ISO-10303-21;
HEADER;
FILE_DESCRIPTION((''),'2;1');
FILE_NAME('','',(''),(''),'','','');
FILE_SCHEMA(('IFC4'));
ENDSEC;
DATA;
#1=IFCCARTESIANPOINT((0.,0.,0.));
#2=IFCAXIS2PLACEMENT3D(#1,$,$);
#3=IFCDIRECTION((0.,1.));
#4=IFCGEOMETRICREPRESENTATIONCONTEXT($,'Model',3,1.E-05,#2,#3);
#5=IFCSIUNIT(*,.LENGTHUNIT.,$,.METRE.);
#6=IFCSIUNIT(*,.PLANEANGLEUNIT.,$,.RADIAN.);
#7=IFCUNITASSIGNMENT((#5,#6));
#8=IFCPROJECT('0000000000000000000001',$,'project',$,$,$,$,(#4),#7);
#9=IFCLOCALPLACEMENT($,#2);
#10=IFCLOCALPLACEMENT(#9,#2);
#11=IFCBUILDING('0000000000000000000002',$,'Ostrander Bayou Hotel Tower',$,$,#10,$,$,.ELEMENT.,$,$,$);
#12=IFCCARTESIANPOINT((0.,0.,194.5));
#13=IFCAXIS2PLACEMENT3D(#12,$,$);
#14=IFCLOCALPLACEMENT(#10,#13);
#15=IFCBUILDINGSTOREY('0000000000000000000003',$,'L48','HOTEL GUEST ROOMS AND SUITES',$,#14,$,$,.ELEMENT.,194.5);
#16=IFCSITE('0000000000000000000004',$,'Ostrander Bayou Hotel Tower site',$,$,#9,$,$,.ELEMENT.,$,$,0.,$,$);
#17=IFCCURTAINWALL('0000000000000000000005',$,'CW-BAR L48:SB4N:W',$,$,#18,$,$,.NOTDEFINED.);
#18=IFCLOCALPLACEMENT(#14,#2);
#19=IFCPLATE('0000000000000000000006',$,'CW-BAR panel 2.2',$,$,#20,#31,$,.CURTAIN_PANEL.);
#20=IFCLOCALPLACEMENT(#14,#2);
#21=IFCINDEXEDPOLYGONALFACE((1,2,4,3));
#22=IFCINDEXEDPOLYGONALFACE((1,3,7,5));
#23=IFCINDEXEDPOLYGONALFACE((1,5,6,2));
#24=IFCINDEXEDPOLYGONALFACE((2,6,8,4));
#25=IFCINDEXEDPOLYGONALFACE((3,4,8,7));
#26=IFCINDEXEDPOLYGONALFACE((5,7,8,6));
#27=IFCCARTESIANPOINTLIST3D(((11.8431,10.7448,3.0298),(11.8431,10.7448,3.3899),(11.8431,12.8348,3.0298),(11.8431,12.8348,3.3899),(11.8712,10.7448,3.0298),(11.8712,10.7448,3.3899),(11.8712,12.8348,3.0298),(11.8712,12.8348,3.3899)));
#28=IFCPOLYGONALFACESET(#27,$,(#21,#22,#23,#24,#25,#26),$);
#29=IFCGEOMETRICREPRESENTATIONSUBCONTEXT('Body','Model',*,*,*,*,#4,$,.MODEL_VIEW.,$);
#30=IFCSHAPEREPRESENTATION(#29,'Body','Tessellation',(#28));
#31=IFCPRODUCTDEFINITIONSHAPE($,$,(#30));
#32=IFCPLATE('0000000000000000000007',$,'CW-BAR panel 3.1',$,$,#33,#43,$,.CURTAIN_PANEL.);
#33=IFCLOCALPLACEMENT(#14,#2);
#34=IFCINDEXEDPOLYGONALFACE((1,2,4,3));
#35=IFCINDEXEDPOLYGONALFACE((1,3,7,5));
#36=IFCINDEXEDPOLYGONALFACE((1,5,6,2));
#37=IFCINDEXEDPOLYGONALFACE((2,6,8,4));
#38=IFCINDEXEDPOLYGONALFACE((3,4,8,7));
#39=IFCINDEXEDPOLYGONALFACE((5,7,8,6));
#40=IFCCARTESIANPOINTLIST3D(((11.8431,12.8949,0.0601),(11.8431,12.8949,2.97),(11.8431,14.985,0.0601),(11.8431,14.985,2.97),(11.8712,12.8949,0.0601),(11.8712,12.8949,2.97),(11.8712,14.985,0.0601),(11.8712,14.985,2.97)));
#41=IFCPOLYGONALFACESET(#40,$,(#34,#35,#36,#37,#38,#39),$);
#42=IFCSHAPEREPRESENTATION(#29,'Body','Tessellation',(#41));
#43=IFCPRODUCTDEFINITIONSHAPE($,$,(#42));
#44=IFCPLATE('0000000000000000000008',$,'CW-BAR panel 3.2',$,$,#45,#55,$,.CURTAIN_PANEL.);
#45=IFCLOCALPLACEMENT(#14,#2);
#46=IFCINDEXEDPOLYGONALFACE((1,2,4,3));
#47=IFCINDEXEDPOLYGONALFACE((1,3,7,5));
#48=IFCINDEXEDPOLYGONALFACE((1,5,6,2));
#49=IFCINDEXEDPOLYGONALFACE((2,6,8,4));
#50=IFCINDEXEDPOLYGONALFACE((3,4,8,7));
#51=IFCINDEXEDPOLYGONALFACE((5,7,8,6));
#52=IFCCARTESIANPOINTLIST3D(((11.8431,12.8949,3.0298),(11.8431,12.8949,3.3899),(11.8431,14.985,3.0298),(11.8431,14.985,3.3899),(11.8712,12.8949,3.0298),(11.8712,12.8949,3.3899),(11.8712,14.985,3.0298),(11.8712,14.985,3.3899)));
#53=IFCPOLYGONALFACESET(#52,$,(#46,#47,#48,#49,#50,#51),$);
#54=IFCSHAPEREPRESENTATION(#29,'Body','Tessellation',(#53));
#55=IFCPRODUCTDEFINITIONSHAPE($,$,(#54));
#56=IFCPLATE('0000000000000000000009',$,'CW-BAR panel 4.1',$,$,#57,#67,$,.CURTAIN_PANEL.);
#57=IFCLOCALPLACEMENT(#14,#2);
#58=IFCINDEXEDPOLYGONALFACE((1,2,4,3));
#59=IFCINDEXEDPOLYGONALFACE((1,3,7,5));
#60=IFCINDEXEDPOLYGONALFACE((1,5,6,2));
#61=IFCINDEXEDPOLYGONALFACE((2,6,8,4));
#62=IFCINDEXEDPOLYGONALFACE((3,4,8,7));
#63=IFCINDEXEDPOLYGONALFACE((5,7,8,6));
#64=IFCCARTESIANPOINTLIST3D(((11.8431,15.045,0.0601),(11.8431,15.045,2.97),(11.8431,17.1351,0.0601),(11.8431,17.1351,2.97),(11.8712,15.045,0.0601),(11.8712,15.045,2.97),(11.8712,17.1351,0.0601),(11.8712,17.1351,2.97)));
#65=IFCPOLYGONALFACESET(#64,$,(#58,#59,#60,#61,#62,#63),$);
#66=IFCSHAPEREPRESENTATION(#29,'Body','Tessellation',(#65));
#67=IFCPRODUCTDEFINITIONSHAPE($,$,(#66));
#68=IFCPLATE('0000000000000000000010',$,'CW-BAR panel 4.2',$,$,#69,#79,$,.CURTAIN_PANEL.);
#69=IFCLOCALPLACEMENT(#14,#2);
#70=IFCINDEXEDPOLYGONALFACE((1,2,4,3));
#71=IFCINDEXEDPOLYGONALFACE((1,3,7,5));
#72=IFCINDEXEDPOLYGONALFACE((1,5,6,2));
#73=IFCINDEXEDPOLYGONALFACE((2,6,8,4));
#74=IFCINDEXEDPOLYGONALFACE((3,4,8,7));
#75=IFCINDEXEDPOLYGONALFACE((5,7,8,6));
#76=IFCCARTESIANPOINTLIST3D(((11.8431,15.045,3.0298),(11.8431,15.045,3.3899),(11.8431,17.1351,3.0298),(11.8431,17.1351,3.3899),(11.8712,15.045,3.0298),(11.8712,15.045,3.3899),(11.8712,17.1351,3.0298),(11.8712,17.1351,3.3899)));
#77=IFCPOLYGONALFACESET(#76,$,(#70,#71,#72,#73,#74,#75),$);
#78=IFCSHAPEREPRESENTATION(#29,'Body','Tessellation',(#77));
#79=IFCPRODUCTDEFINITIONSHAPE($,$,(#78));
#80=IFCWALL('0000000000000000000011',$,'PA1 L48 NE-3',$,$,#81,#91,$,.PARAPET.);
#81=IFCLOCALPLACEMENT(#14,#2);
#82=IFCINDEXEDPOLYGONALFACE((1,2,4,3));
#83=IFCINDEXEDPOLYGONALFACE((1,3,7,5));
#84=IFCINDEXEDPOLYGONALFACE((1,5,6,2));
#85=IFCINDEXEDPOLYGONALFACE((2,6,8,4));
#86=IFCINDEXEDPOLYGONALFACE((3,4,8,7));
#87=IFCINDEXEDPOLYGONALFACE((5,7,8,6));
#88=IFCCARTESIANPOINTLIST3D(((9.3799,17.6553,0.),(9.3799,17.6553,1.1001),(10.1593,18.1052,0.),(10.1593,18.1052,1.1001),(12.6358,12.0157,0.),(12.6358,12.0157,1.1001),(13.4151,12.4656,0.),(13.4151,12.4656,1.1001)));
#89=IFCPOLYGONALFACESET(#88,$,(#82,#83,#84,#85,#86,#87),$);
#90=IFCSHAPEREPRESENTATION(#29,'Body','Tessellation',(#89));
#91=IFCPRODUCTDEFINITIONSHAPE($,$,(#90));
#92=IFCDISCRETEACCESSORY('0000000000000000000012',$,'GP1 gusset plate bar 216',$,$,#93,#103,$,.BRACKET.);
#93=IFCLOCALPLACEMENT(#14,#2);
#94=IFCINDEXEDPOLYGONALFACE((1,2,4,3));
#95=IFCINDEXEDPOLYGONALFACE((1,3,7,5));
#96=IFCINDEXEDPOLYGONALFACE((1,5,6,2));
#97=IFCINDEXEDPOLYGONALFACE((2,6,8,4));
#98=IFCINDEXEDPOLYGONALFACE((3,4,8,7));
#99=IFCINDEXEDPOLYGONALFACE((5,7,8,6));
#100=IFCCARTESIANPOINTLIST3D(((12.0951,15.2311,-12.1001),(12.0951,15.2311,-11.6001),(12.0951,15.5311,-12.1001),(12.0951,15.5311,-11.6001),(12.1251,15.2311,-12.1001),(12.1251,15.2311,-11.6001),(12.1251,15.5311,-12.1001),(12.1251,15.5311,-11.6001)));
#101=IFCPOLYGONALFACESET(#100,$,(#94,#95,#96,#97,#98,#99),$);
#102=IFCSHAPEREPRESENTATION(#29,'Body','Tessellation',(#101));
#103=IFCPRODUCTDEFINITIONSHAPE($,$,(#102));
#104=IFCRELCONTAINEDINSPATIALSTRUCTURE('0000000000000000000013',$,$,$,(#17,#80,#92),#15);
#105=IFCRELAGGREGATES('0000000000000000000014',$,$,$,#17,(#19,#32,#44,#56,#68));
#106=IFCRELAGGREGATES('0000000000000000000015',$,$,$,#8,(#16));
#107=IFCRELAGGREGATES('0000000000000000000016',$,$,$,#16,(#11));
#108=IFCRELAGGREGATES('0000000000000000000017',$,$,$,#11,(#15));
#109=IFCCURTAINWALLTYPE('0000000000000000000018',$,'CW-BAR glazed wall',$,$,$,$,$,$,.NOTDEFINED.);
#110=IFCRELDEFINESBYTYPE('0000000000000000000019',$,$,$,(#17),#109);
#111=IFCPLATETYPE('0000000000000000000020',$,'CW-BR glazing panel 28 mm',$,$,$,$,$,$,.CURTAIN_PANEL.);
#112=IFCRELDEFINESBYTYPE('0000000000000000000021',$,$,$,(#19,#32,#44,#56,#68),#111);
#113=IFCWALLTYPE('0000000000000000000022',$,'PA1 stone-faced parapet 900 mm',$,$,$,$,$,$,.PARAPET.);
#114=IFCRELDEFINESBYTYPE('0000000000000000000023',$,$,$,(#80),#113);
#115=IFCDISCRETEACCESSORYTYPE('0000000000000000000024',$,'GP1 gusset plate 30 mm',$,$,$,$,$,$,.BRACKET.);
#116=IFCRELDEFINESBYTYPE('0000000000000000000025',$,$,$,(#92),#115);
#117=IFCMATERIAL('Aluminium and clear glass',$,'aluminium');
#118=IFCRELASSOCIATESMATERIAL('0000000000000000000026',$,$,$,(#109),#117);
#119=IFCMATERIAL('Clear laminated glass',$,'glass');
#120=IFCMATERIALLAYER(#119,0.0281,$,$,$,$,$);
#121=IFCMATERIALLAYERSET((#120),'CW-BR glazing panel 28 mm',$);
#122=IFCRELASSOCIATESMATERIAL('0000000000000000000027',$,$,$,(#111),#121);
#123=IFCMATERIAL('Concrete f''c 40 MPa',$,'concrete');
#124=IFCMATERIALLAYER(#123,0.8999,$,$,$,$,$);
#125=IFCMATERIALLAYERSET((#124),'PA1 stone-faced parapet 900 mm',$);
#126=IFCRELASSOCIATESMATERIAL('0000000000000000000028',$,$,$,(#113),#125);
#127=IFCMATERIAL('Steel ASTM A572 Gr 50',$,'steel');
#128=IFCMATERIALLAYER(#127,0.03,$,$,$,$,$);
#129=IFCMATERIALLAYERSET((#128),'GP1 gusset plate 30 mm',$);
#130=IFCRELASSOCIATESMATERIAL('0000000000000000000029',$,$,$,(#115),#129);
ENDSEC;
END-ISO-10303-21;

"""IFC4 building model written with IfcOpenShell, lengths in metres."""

from ifc_helpers import new_model, si_unit, direction, frame, frame_2d, origin, origin_2d, place, context, subcontext, project, spatial, rectangle, extrude, material, layer, layer_set, type_object, element, aggregate, save


model = new_model("IFC4")

# Units and contexts
model_context = context("Model", 3, precision=1e-05, world=origin(), true_north=direction((0.0, 1.0)))
body_context = subcontext(model_context, "Body", "Model", "MODEL_VIEW")
ifc_project = project(units=[si_unit("LENGTHUNIT", "METRE"), si_unit("PLANEANGLEUNIT", "RADIAN")], contexts=[model_context])

# Site, building, storey
site_placement = place(None, origin())
site = spatial("IfcSite", under=ifc_project, at=site_placement, Name="Ostrander Bayou Hotel Tower site", CompositionType="ELEMENT", RefElevation=0.0)
building_placement = place(site_placement, origin())
building = spatial("IfcBuilding", under=site, at=building_placement, Name="Ostrander Bayou Hotel Tower", CompositionType="ELEMENT")
storey_placement = place(building_placement, frame((0.0, 0.0, 194.5)))
storey = spatial("IfcBuildingStorey", under=building, at=storey_placement, Name="L48", Description="HOTEL GUEST ROOMS AND SUITES", CompositionType="ELEMENT", Elevation=194.5)

# Curtain wall
ifc_material_1 = material(Name="Aluminium and clear glass", Category="aluminium")
curtain_wall_type = type_object("IfcCurtainWallType", Name="CW-BAR glazed wall", PredefinedType="NOTDEFINED", material=ifc_material_1)
curtain_wall_placement = place(storey_placement, origin())
curtain_wall = element("IfcCurtainWall", 1, at=curtain_wall_placement, inside=storey, type_object=curtain_wall_type, Name="CW-BAR L48:SB4N:W", PredefinedType="NOTDEFINED")

# Plates
ifc_material_2 = material(Name="Clear laminated glass", Category="glass")
ifc_layer_1 = layer(ifc_material_2, 0.0281)
ifc_layer_set_1 = layer_set([ifc_layer_1], Name="CW-BR glazing panel 28 mm")
plate_type = type_object("IfcPlateType", Name="CW-BR glazing panel 28 mm", PredefinedType="CURTAIN_PANEL", material=ifc_layer_set_1)
plate_1_placement = place(storey_placement, frame((11.8572, 11.7898, 3.0298), z_axis=(0.0, 0.0, 1.0), x_axis=(0.0, 1.0, 0.0)))
plate_1 = element("IfcPlate", 2, at=plate_1_placement, type_object=plate_type, Name="CW-BAR panel 2.2", PredefinedType="CURTAIN_PANEL", context=body_context, shape_type="SweptSolid", body=[
    extrude(rectangle(XDim=2.0901, YDim=0.0281, at=origin_2d()), origin(), (0.0, 0.0, 1.0), 0.3601),
])
plate_2_placement = place(storey_placement, frame((11.8572, 13.9399, 0.0601), z_axis=(0.0, 0.0, 1.0), x_axis=(0.0, 1.0, 0.0)))
plate_2 = element("IfcPlate", 3, at=plate_2_placement, type_object=plate_type, Name="CW-BAR panel 3.1", PredefinedType="CURTAIN_PANEL", context=body_context, shape_type="SweptSolid", body=[
    extrude(rectangle(XDim=2.0901, YDim=0.0281, at=origin_2d()), origin(), (0.0, 0.0, 1.0), 2.9099),
])
plate_3_placement = place(storey_placement, frame((11.8572, 13.9399, 3.0298), z_axis=(0.0, 0.0, 1.0), x_axis=(0.0, 1.0, 0.0)))
plate_3 = element("IfcPlate", 4, at=plate_3_placement, type_object=plate_type, Name="CW-BAR panel 3.2", PredefinedType="CURTAIN_PANEL", context=body_context, shape_type="SweptSolid", body=[
    extrude(rectangle(XDim=2.0901, YDim=0.0281, at=origin_2d()), origin(), (0.0, 0.0, 1.0), 0.3601),
])
plate_4_placement = place(storey_placement, frame((11.8572, 16.0901, 0.0601), z_axis=(0.0, 0.0, 1.0), x_axis=(0.0, 1.0, 0.0)))
plate_4 = element("IfcPlate", 5, at=plate_4_placement, type_object=plate_type, Name="CW-BAR panel 4.1", PredefinedType="CURTAIN_PANEL", context=body_context, shape_type="SweptSolid", body=[
    extrude(rectangle(XDim=2.0901, YDim=0.0281, at=origin_2d()), origin(), (0.0, 0.0, 1.0), 2.9099),
])
plate_5_placement = place(storey_placement, frame((11.8572, 16.0901, 3.0298), z_axis=(0.0, 0.0, 1.0), x_axis=(0.0, 1.0, 0.0)))
plate_5 = element("IfcPlate", 6, at=plate_5_placement, type_object=plate_type, Name="CW-BAR panel 4.2", PredefinedType="CURTAIN_PANEL", context=body_context, shape_type="SweptSolid", body=[
    extrude(rectangle(XDim=2.0901, YDim=0.0281, at=origin_2d()), origin(), (0.0, 0.0, 1.0), 0.3601),
])
aggregate(curtain_wall, [plate_1, plate_2, plate_3, plate_4, plate_5])

# Wall
ifc_material_3 = material(Name="Concrete f'c 40 MPa", Category="concrete")
ifc_layer_2 = layer(ifc_material_3, 0.8999)
ifc_layer_set_2 = layer_set([ifc_layer_2], Name="PA1 stone-faced parapet 900 mm")
wall_type = type_object("IfcWallType", Name="PA1 stone-faced parapet 900 mm", PredefinedType="PARAPET", material=ifc_layer_set_2)
wall_placement = place(storey_placement, frame((13.0254, 12.2407, 0.0), z_axis=(0.0, 0.0, 1.0), x_axis=(-0.499978, 0.866038, 0.0)))
element("IfcWall", 7, at=wall_placement, inside=storey, type_object=wall_type, Name="PA1 L48 NE-3", PredefinedType="PARAPET", context=body_context, shape_type="SweptSolid", body=[
    extrude(rectangle(XDim=6.512, YDim=0.8999, at=frame_2d((3.2559, 0.0))), origin(), (0.0, 0.0, 1.0), 1.1001),
])

# Discrete accessory
ifc_material_4 = material(Name="Steel ASTM A572 Gr 50", Category="steel")
ifc_layer_3 = layer(ifc_material_4, 0.03)
ifc_layer_set_3 = layer_set([ifc_layer_3], Name="GP1 gusset plate 30 mm")
discrete_accessory_type = type_object("IfcDiscreteAccessoryType", Name="GP1 gusset plate 30 mm", PredefinedType="BRACKET", material=ifc_layer_set_3)
discrete_accessory_placement = place(storey_placement, frame((12.1101, 15.3811, -12.1001), z_axis=(0.0, 0.0, 1.0), x_axis=(0.0, -1.0, 0.0)))
element("IfcDiscreteAccessory", 8, at=discrete_accessory_placement, inside=storey, type_object=discrete_accessory_type, Name="GP1 gusset plate bar 216", PredefinedType="BRACKET", context=body_context, shape_type="SweptSolid", body=[
    extrude(rectangle(XDim=0.3, YDim=0.03, at=origin_2d()), origin(), (0.0, 0.0, 1.0), 0.5),
])

save(model, "model.ifc")
